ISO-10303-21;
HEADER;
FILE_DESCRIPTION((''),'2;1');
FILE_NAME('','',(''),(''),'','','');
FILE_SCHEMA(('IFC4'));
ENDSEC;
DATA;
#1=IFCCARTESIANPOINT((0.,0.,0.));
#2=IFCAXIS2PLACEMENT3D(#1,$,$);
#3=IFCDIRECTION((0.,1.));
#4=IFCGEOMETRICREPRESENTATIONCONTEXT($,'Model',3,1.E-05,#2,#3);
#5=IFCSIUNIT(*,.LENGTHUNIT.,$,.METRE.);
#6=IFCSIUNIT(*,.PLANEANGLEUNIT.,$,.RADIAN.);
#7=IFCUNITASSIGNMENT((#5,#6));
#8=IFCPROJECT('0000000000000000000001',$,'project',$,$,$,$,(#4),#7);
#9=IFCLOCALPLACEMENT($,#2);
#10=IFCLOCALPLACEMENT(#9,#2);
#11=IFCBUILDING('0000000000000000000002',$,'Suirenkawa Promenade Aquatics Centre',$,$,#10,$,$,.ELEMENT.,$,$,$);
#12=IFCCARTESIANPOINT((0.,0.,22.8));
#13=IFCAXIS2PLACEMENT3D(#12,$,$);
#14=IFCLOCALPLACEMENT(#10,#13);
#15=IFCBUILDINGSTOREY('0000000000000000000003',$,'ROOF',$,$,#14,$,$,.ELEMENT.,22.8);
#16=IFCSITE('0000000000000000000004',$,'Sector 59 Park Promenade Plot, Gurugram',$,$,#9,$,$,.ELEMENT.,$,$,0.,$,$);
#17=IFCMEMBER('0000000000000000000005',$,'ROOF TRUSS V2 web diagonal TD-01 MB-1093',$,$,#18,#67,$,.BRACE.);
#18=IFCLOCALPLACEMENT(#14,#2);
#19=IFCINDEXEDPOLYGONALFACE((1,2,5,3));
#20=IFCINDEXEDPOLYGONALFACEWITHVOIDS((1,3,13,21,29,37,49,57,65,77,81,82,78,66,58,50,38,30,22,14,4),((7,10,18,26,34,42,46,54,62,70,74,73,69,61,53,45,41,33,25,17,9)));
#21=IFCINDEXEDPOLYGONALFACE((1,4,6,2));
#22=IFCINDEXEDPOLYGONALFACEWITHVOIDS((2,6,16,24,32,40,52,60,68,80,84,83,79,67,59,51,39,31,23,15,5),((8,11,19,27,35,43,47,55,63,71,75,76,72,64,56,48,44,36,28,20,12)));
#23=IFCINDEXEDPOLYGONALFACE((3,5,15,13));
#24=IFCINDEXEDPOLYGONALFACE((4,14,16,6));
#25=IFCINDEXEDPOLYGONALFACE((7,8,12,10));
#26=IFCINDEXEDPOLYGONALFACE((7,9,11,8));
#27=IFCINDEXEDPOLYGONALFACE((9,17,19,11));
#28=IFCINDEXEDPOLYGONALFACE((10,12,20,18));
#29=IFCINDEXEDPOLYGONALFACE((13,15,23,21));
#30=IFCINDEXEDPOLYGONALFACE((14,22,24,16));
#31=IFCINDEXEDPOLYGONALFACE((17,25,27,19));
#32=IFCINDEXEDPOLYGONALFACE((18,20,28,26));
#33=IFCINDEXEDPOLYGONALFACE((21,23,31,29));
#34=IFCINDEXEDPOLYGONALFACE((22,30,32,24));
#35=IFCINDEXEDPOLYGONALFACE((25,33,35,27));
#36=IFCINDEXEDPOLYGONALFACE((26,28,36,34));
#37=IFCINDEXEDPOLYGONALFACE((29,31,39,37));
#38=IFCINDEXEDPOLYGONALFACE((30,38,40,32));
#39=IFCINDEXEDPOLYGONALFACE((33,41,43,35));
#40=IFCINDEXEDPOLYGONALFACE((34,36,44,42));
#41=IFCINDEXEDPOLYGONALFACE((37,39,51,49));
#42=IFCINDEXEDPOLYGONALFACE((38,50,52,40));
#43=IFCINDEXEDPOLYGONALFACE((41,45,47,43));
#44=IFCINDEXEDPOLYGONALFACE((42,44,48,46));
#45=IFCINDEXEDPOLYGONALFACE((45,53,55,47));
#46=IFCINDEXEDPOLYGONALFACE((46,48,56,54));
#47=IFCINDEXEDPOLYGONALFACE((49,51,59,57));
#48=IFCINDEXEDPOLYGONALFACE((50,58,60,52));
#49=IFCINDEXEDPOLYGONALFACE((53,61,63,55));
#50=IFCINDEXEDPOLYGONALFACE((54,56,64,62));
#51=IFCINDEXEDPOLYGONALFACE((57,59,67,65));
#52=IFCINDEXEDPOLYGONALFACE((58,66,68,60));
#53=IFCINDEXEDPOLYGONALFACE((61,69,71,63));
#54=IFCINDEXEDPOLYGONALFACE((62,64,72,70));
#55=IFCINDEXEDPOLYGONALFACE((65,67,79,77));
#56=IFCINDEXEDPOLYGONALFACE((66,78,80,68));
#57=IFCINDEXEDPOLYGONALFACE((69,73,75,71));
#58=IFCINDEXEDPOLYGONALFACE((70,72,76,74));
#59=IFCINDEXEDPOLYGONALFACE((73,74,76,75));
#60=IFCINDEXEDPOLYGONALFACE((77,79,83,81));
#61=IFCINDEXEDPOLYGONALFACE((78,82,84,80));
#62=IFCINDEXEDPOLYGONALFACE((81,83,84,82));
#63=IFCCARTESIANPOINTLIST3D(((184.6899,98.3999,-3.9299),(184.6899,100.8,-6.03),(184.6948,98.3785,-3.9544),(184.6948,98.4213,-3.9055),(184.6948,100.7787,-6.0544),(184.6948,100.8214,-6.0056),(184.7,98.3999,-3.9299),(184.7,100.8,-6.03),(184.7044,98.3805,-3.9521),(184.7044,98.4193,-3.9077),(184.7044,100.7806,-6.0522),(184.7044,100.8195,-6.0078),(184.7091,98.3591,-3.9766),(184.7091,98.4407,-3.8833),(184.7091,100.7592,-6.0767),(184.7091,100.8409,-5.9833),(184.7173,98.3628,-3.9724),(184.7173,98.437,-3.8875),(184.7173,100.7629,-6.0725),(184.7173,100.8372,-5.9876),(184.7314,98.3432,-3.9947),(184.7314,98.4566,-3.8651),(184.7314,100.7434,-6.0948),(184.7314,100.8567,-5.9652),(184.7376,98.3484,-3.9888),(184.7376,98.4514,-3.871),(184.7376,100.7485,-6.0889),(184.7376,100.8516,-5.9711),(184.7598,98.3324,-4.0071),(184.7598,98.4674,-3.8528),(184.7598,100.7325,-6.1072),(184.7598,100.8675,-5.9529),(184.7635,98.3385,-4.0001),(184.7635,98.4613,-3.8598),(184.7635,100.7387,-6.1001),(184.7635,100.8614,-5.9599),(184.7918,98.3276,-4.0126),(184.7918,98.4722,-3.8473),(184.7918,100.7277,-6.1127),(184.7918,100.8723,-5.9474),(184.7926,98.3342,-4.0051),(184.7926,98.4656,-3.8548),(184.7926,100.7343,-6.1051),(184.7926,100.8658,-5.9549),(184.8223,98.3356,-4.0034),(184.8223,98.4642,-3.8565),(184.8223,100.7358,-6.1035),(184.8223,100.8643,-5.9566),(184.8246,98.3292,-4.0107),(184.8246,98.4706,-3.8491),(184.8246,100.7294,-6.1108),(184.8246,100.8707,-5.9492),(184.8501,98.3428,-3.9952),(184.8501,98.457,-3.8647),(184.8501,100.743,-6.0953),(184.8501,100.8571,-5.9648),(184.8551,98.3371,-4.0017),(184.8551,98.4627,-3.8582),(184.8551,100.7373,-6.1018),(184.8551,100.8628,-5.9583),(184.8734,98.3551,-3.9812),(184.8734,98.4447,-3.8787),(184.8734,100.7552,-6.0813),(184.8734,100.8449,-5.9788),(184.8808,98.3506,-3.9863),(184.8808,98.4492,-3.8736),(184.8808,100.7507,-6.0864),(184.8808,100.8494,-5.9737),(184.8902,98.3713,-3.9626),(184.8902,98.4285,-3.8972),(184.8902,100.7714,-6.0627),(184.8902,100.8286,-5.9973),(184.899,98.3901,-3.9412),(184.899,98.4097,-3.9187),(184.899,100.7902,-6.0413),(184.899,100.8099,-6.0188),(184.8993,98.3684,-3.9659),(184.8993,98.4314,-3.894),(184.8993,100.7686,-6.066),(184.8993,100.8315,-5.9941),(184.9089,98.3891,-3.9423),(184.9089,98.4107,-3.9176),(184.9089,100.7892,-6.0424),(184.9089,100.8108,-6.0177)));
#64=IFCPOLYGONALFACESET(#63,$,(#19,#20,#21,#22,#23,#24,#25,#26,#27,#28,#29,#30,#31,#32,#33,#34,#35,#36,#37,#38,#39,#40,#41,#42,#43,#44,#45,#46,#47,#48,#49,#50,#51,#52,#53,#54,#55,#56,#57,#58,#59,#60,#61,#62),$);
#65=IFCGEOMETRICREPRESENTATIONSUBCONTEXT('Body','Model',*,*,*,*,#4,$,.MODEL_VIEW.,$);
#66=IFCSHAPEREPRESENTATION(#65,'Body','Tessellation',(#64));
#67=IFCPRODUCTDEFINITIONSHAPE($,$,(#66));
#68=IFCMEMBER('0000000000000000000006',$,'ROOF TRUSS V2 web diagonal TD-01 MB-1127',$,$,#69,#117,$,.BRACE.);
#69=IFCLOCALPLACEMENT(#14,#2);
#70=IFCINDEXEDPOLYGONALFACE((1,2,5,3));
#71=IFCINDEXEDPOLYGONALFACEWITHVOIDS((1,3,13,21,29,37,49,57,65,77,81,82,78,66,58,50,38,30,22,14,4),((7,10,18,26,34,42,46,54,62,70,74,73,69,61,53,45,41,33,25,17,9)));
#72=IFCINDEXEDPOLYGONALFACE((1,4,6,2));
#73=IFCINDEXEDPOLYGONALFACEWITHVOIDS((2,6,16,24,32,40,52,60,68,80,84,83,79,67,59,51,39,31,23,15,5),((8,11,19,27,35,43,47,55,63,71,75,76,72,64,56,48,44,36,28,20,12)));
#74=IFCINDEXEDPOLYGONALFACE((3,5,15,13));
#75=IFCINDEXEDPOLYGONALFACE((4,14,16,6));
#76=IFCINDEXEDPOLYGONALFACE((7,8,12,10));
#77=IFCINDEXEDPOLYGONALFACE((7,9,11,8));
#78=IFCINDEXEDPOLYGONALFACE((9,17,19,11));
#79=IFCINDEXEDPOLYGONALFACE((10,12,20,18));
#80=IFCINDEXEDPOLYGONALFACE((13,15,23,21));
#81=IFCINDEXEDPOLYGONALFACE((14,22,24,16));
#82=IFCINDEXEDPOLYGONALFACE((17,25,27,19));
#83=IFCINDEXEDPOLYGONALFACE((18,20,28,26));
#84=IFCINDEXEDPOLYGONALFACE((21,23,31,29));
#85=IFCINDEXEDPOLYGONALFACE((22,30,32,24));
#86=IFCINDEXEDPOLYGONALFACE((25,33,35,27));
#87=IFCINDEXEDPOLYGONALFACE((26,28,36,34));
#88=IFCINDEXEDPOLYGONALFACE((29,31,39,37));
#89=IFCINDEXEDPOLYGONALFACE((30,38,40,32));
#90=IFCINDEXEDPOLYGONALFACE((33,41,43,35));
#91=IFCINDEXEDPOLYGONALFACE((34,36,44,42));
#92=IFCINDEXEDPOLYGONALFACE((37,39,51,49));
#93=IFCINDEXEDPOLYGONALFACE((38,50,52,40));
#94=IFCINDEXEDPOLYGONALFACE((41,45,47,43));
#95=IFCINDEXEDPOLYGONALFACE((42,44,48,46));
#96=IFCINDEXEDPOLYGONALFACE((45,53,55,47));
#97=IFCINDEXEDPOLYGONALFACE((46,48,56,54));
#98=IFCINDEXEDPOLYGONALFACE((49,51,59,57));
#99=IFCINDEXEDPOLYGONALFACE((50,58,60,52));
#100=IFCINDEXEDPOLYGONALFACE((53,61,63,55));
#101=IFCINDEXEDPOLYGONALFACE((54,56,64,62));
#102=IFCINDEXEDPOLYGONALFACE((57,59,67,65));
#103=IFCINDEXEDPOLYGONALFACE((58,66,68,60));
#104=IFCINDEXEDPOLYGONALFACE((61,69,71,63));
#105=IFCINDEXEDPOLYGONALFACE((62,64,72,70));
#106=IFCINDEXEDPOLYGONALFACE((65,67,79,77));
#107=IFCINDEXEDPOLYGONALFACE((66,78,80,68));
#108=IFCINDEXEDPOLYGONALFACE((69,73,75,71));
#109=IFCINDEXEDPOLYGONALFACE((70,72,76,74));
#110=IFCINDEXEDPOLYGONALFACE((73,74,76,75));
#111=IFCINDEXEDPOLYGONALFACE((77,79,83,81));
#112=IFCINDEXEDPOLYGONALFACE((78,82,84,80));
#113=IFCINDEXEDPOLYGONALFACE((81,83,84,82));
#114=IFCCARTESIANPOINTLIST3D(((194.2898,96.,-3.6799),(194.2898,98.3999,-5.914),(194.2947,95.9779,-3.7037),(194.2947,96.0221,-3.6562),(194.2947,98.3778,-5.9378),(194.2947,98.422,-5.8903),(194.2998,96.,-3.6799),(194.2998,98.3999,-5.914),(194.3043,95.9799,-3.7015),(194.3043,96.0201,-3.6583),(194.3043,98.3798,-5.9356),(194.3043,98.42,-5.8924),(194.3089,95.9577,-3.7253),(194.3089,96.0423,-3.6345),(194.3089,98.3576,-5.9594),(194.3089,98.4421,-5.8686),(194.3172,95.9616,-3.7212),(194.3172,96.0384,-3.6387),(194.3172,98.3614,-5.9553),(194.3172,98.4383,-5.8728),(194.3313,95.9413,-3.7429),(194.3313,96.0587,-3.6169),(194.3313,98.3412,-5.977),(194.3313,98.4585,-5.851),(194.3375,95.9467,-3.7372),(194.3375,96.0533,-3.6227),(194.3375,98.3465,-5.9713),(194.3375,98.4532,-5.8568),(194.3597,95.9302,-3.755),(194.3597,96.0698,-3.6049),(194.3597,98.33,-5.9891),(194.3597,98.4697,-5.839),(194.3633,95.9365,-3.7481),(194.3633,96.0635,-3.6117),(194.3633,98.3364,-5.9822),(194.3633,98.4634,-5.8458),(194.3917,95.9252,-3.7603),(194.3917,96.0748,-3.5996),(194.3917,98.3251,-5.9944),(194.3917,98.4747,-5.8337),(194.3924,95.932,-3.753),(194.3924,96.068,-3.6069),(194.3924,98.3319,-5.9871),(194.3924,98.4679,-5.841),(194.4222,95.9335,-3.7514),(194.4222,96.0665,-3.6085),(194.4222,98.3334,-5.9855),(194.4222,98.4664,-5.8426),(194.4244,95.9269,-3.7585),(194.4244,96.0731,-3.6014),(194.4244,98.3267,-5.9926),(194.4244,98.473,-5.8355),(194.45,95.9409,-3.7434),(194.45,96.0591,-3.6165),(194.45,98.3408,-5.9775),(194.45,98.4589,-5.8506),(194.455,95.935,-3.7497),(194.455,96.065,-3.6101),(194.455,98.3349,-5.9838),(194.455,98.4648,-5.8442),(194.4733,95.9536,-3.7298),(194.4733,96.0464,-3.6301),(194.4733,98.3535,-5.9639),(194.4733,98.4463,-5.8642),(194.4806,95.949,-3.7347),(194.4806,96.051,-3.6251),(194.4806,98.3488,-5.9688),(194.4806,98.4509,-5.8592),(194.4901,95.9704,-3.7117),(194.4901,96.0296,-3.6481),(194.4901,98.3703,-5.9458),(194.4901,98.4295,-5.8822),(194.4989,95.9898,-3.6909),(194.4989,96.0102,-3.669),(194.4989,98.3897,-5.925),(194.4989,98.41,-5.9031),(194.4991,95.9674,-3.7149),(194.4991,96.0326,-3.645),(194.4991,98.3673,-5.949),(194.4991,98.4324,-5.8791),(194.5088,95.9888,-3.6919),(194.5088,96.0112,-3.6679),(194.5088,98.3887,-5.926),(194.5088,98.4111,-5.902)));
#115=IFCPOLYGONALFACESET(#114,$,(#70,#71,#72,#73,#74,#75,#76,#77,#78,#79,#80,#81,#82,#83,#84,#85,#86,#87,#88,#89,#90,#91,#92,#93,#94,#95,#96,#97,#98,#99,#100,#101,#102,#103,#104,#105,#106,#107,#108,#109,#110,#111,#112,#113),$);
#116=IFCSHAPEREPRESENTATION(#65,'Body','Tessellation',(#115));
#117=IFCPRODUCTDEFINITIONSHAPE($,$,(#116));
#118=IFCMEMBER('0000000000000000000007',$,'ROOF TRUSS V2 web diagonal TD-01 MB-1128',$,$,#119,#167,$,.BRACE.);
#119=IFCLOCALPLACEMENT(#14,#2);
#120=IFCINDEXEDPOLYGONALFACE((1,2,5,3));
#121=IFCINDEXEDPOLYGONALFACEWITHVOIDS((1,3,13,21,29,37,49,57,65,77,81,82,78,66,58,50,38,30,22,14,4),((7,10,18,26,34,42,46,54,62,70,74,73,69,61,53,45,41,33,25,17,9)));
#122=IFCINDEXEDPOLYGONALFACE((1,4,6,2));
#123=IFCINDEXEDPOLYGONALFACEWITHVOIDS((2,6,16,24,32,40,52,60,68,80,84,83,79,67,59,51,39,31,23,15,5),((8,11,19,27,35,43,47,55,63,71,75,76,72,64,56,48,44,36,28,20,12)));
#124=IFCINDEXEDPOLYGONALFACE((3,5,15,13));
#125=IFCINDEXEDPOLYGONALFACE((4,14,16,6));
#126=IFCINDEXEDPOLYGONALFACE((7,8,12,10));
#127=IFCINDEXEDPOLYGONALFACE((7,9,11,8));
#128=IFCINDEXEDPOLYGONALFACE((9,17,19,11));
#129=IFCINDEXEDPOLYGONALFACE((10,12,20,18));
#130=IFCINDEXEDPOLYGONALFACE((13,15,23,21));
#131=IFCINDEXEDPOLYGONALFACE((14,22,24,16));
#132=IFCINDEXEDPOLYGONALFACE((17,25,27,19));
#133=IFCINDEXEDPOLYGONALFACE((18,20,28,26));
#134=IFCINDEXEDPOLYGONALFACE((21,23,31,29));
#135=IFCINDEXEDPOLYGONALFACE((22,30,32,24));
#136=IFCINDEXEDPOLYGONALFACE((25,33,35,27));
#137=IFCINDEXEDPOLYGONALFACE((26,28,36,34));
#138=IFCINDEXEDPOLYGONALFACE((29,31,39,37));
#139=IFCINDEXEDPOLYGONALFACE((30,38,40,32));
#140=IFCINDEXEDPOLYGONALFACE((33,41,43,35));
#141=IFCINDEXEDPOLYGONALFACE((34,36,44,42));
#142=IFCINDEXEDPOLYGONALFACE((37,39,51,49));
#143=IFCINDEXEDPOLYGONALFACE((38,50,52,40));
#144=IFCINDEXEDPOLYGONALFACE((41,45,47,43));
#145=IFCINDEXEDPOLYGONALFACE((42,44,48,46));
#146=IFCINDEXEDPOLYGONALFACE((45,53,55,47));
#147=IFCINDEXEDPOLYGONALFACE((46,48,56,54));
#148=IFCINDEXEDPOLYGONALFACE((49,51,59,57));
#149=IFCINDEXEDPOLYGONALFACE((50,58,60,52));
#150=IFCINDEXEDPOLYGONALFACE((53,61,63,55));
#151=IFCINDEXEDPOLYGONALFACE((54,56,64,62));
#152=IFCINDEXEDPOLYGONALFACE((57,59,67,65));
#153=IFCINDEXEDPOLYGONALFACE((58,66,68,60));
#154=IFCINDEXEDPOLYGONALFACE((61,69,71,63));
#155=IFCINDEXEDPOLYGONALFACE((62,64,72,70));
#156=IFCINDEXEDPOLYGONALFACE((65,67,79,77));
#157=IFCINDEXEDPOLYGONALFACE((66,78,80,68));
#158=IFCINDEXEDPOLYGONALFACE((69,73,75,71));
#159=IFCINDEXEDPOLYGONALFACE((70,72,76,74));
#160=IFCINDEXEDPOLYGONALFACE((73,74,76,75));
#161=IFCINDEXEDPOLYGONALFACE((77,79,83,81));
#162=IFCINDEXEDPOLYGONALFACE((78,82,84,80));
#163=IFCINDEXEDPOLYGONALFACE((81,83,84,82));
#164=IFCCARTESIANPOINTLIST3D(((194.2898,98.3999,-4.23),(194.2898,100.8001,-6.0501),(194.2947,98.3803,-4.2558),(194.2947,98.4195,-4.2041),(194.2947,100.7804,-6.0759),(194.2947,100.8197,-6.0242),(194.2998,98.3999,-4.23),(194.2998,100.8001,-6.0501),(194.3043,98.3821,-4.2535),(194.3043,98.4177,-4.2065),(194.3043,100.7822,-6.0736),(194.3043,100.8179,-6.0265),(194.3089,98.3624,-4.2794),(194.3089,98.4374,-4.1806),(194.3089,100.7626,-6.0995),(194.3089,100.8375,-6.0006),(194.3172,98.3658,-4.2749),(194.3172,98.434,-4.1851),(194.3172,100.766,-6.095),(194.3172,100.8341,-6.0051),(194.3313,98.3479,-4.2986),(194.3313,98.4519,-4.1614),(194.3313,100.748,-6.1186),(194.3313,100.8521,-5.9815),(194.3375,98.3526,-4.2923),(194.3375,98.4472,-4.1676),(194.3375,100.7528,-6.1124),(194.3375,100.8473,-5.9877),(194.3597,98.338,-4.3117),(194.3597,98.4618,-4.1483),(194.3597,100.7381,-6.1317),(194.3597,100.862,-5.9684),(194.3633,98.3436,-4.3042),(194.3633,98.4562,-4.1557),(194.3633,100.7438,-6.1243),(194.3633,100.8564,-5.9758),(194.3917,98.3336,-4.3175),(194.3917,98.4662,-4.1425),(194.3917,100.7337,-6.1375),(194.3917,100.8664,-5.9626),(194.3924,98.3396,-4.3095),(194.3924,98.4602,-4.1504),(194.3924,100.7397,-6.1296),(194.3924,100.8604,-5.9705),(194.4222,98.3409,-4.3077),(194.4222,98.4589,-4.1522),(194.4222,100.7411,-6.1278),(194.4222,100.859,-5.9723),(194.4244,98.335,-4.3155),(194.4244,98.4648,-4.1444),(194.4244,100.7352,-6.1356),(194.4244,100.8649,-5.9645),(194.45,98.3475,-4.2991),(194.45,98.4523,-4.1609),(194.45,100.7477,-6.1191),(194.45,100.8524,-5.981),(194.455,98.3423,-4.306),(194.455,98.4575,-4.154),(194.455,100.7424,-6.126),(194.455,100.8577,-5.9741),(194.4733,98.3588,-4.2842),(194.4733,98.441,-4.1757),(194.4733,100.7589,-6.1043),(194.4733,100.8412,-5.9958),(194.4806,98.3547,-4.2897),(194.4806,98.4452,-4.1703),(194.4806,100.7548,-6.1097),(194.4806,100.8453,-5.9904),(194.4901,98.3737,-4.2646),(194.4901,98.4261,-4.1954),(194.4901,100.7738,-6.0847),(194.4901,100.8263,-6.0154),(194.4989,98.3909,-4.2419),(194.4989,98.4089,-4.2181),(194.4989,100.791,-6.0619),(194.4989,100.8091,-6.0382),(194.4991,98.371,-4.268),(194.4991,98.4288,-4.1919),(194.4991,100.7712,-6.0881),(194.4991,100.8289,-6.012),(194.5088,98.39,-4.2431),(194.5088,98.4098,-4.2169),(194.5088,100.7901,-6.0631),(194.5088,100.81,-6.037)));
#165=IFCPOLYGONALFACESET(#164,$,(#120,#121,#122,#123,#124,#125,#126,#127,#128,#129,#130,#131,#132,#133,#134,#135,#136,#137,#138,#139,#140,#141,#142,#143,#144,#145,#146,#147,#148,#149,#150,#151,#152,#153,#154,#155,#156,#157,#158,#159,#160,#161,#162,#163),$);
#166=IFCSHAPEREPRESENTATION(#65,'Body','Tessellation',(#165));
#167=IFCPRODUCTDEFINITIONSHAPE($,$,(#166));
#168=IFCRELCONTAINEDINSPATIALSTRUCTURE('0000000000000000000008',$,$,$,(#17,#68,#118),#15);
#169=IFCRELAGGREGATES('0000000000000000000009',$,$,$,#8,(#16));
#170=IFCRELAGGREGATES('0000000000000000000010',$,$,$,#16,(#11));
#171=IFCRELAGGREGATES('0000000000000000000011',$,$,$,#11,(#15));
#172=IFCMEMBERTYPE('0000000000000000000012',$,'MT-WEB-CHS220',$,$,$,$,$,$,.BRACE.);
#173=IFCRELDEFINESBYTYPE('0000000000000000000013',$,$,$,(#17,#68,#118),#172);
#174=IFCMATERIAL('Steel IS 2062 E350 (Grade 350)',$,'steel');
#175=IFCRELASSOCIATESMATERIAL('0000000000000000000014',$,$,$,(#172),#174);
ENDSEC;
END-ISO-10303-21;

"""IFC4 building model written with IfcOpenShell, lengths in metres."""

from ifc_helpers import new_model, si_unit, direction, frame, origin, origin_2d, place, context, subcontext, project, spatial, hollow_circle, extrude, material, material_profile, profile_set, type_object, element, save


model = new_model("IFC4")

# Units and contexts
model_context = context("Model", 3, precision=1e-05, world=origin(), true_north=direction((0.0, 1.0)))
body_context = subcontext(model_context, "Body", "Model", "MODEL_VIEW")
ifc_project = project(units=[si_unit("LENGTHUNIT", "METRE"), si_unit("PLANEANGLEUNIT", "RADIAN")], contexts=[model_context])

# Site, building, storey
site_placement = place(None, origin())
site = spatial("IfcSite", under=ifc_project, at=site_placement, Name="Sector 59 Park Promenade Plot, Gurugram", CompositionType="ELEMENT", RefElevation=0.0)
building_placement = place(site_placement, origin())
building = spatial("IfcBuilding", under=site, at=building_placement, Name="Suirenkawa Promenade Aquatics Centre", CompositionType="ELEMENT")
storey_placement = place(building_placement, frame((0.0, 0.0, 22.8)))
storey = spatial("IfcBuildingStorey", under=building, at=storey_placement, Name="ROOF", CompositionType="ELEMENT", Elevation=22.8)

# Shared definitions
ifc_material = material(Name="Steel IS 2062 E350 (Grade 350)", Category="steel")

# Members
ifc_material_profile_1 = material_profile(ifc_material, hollow_circle(Radius=0.1101, WallThickness=0.01, at=origin_2d()), Name="CHS 220x10", Category="steel")
ifc_profile_set_1 = profile_set([ifc_material_profile_1], Name="Steel IS 2062 E350 (Grade 350)")
member_type_1 = type_object("IfcMemberType", Name="MT-WEB-CHS220", PredefinedType="BRACE", material=ifc_profile_set_1)
member_1_placement = place(storey_placement, frame((184.8, 98.3999, -3.9299), z_axis=(0.0, 0.752581, -0.658499), x_axis=(-1.0, 0.0, 0.0)))
element("IfcMember", 1, at=member_1_placement, inside=storey, type_object=member_type_1, Name="ROOF TRUSS V2 web diagonal TD-01 MB-1093", PredefinedType="BRACE", context=body_context, shape_type="SweptSolid", body=[
    extrude(hollow_circle(Radius=0.1101, WallThickness=0.01, at=origin_2d()), origin(), (0.0, 0.0, 1.0), 3.1892),
])
member_2_placement = place(storey_placement, frame((194.3999, 96.0, -3.6799), z_axis=(0.0, 0.731934, -0.681376), x_axis=(-1.0, 0.0, 0.0)))
element("IfcMember", 2, at=member_2_placement, inside=storey, type_object=member_type_1, Name="ROOF TRUSS V2 web diagonal TD-01 MB-1127", PredefinedType="BRACE", context=body_context, shape_type="SweptSolid", body=[
    extrude(hollow_circle(Radius=0.1101, WallThickness=0.01, at=origin_2d()), origin(), (0.0, 0.0, 1.0), 3.2788),
])
member_3_placement = place(storey_placement, frame((194.3999, 98.3999, -4.23), z_axis=(0.0, 0.796808, -0.604232), x_axis=(-1.0, 0.0, 0.0)))
element("IfcMember", 3, at=member_3_placement, inside=storey, type_object=member_type_1, Name="ROOF TRUSS V2 web diagonal TD-01 MB-1128", PredefinedType="BRACE", context=body_context, shape_type="SweptSolid", body=[
    extrude(hollow_circle(Radius=0.1101, WallThickness=0.01, at=origin_2d()), origin(), (0.0, 0.0, 1.0), 3.0122),
])

save(model, "model.ifc")
